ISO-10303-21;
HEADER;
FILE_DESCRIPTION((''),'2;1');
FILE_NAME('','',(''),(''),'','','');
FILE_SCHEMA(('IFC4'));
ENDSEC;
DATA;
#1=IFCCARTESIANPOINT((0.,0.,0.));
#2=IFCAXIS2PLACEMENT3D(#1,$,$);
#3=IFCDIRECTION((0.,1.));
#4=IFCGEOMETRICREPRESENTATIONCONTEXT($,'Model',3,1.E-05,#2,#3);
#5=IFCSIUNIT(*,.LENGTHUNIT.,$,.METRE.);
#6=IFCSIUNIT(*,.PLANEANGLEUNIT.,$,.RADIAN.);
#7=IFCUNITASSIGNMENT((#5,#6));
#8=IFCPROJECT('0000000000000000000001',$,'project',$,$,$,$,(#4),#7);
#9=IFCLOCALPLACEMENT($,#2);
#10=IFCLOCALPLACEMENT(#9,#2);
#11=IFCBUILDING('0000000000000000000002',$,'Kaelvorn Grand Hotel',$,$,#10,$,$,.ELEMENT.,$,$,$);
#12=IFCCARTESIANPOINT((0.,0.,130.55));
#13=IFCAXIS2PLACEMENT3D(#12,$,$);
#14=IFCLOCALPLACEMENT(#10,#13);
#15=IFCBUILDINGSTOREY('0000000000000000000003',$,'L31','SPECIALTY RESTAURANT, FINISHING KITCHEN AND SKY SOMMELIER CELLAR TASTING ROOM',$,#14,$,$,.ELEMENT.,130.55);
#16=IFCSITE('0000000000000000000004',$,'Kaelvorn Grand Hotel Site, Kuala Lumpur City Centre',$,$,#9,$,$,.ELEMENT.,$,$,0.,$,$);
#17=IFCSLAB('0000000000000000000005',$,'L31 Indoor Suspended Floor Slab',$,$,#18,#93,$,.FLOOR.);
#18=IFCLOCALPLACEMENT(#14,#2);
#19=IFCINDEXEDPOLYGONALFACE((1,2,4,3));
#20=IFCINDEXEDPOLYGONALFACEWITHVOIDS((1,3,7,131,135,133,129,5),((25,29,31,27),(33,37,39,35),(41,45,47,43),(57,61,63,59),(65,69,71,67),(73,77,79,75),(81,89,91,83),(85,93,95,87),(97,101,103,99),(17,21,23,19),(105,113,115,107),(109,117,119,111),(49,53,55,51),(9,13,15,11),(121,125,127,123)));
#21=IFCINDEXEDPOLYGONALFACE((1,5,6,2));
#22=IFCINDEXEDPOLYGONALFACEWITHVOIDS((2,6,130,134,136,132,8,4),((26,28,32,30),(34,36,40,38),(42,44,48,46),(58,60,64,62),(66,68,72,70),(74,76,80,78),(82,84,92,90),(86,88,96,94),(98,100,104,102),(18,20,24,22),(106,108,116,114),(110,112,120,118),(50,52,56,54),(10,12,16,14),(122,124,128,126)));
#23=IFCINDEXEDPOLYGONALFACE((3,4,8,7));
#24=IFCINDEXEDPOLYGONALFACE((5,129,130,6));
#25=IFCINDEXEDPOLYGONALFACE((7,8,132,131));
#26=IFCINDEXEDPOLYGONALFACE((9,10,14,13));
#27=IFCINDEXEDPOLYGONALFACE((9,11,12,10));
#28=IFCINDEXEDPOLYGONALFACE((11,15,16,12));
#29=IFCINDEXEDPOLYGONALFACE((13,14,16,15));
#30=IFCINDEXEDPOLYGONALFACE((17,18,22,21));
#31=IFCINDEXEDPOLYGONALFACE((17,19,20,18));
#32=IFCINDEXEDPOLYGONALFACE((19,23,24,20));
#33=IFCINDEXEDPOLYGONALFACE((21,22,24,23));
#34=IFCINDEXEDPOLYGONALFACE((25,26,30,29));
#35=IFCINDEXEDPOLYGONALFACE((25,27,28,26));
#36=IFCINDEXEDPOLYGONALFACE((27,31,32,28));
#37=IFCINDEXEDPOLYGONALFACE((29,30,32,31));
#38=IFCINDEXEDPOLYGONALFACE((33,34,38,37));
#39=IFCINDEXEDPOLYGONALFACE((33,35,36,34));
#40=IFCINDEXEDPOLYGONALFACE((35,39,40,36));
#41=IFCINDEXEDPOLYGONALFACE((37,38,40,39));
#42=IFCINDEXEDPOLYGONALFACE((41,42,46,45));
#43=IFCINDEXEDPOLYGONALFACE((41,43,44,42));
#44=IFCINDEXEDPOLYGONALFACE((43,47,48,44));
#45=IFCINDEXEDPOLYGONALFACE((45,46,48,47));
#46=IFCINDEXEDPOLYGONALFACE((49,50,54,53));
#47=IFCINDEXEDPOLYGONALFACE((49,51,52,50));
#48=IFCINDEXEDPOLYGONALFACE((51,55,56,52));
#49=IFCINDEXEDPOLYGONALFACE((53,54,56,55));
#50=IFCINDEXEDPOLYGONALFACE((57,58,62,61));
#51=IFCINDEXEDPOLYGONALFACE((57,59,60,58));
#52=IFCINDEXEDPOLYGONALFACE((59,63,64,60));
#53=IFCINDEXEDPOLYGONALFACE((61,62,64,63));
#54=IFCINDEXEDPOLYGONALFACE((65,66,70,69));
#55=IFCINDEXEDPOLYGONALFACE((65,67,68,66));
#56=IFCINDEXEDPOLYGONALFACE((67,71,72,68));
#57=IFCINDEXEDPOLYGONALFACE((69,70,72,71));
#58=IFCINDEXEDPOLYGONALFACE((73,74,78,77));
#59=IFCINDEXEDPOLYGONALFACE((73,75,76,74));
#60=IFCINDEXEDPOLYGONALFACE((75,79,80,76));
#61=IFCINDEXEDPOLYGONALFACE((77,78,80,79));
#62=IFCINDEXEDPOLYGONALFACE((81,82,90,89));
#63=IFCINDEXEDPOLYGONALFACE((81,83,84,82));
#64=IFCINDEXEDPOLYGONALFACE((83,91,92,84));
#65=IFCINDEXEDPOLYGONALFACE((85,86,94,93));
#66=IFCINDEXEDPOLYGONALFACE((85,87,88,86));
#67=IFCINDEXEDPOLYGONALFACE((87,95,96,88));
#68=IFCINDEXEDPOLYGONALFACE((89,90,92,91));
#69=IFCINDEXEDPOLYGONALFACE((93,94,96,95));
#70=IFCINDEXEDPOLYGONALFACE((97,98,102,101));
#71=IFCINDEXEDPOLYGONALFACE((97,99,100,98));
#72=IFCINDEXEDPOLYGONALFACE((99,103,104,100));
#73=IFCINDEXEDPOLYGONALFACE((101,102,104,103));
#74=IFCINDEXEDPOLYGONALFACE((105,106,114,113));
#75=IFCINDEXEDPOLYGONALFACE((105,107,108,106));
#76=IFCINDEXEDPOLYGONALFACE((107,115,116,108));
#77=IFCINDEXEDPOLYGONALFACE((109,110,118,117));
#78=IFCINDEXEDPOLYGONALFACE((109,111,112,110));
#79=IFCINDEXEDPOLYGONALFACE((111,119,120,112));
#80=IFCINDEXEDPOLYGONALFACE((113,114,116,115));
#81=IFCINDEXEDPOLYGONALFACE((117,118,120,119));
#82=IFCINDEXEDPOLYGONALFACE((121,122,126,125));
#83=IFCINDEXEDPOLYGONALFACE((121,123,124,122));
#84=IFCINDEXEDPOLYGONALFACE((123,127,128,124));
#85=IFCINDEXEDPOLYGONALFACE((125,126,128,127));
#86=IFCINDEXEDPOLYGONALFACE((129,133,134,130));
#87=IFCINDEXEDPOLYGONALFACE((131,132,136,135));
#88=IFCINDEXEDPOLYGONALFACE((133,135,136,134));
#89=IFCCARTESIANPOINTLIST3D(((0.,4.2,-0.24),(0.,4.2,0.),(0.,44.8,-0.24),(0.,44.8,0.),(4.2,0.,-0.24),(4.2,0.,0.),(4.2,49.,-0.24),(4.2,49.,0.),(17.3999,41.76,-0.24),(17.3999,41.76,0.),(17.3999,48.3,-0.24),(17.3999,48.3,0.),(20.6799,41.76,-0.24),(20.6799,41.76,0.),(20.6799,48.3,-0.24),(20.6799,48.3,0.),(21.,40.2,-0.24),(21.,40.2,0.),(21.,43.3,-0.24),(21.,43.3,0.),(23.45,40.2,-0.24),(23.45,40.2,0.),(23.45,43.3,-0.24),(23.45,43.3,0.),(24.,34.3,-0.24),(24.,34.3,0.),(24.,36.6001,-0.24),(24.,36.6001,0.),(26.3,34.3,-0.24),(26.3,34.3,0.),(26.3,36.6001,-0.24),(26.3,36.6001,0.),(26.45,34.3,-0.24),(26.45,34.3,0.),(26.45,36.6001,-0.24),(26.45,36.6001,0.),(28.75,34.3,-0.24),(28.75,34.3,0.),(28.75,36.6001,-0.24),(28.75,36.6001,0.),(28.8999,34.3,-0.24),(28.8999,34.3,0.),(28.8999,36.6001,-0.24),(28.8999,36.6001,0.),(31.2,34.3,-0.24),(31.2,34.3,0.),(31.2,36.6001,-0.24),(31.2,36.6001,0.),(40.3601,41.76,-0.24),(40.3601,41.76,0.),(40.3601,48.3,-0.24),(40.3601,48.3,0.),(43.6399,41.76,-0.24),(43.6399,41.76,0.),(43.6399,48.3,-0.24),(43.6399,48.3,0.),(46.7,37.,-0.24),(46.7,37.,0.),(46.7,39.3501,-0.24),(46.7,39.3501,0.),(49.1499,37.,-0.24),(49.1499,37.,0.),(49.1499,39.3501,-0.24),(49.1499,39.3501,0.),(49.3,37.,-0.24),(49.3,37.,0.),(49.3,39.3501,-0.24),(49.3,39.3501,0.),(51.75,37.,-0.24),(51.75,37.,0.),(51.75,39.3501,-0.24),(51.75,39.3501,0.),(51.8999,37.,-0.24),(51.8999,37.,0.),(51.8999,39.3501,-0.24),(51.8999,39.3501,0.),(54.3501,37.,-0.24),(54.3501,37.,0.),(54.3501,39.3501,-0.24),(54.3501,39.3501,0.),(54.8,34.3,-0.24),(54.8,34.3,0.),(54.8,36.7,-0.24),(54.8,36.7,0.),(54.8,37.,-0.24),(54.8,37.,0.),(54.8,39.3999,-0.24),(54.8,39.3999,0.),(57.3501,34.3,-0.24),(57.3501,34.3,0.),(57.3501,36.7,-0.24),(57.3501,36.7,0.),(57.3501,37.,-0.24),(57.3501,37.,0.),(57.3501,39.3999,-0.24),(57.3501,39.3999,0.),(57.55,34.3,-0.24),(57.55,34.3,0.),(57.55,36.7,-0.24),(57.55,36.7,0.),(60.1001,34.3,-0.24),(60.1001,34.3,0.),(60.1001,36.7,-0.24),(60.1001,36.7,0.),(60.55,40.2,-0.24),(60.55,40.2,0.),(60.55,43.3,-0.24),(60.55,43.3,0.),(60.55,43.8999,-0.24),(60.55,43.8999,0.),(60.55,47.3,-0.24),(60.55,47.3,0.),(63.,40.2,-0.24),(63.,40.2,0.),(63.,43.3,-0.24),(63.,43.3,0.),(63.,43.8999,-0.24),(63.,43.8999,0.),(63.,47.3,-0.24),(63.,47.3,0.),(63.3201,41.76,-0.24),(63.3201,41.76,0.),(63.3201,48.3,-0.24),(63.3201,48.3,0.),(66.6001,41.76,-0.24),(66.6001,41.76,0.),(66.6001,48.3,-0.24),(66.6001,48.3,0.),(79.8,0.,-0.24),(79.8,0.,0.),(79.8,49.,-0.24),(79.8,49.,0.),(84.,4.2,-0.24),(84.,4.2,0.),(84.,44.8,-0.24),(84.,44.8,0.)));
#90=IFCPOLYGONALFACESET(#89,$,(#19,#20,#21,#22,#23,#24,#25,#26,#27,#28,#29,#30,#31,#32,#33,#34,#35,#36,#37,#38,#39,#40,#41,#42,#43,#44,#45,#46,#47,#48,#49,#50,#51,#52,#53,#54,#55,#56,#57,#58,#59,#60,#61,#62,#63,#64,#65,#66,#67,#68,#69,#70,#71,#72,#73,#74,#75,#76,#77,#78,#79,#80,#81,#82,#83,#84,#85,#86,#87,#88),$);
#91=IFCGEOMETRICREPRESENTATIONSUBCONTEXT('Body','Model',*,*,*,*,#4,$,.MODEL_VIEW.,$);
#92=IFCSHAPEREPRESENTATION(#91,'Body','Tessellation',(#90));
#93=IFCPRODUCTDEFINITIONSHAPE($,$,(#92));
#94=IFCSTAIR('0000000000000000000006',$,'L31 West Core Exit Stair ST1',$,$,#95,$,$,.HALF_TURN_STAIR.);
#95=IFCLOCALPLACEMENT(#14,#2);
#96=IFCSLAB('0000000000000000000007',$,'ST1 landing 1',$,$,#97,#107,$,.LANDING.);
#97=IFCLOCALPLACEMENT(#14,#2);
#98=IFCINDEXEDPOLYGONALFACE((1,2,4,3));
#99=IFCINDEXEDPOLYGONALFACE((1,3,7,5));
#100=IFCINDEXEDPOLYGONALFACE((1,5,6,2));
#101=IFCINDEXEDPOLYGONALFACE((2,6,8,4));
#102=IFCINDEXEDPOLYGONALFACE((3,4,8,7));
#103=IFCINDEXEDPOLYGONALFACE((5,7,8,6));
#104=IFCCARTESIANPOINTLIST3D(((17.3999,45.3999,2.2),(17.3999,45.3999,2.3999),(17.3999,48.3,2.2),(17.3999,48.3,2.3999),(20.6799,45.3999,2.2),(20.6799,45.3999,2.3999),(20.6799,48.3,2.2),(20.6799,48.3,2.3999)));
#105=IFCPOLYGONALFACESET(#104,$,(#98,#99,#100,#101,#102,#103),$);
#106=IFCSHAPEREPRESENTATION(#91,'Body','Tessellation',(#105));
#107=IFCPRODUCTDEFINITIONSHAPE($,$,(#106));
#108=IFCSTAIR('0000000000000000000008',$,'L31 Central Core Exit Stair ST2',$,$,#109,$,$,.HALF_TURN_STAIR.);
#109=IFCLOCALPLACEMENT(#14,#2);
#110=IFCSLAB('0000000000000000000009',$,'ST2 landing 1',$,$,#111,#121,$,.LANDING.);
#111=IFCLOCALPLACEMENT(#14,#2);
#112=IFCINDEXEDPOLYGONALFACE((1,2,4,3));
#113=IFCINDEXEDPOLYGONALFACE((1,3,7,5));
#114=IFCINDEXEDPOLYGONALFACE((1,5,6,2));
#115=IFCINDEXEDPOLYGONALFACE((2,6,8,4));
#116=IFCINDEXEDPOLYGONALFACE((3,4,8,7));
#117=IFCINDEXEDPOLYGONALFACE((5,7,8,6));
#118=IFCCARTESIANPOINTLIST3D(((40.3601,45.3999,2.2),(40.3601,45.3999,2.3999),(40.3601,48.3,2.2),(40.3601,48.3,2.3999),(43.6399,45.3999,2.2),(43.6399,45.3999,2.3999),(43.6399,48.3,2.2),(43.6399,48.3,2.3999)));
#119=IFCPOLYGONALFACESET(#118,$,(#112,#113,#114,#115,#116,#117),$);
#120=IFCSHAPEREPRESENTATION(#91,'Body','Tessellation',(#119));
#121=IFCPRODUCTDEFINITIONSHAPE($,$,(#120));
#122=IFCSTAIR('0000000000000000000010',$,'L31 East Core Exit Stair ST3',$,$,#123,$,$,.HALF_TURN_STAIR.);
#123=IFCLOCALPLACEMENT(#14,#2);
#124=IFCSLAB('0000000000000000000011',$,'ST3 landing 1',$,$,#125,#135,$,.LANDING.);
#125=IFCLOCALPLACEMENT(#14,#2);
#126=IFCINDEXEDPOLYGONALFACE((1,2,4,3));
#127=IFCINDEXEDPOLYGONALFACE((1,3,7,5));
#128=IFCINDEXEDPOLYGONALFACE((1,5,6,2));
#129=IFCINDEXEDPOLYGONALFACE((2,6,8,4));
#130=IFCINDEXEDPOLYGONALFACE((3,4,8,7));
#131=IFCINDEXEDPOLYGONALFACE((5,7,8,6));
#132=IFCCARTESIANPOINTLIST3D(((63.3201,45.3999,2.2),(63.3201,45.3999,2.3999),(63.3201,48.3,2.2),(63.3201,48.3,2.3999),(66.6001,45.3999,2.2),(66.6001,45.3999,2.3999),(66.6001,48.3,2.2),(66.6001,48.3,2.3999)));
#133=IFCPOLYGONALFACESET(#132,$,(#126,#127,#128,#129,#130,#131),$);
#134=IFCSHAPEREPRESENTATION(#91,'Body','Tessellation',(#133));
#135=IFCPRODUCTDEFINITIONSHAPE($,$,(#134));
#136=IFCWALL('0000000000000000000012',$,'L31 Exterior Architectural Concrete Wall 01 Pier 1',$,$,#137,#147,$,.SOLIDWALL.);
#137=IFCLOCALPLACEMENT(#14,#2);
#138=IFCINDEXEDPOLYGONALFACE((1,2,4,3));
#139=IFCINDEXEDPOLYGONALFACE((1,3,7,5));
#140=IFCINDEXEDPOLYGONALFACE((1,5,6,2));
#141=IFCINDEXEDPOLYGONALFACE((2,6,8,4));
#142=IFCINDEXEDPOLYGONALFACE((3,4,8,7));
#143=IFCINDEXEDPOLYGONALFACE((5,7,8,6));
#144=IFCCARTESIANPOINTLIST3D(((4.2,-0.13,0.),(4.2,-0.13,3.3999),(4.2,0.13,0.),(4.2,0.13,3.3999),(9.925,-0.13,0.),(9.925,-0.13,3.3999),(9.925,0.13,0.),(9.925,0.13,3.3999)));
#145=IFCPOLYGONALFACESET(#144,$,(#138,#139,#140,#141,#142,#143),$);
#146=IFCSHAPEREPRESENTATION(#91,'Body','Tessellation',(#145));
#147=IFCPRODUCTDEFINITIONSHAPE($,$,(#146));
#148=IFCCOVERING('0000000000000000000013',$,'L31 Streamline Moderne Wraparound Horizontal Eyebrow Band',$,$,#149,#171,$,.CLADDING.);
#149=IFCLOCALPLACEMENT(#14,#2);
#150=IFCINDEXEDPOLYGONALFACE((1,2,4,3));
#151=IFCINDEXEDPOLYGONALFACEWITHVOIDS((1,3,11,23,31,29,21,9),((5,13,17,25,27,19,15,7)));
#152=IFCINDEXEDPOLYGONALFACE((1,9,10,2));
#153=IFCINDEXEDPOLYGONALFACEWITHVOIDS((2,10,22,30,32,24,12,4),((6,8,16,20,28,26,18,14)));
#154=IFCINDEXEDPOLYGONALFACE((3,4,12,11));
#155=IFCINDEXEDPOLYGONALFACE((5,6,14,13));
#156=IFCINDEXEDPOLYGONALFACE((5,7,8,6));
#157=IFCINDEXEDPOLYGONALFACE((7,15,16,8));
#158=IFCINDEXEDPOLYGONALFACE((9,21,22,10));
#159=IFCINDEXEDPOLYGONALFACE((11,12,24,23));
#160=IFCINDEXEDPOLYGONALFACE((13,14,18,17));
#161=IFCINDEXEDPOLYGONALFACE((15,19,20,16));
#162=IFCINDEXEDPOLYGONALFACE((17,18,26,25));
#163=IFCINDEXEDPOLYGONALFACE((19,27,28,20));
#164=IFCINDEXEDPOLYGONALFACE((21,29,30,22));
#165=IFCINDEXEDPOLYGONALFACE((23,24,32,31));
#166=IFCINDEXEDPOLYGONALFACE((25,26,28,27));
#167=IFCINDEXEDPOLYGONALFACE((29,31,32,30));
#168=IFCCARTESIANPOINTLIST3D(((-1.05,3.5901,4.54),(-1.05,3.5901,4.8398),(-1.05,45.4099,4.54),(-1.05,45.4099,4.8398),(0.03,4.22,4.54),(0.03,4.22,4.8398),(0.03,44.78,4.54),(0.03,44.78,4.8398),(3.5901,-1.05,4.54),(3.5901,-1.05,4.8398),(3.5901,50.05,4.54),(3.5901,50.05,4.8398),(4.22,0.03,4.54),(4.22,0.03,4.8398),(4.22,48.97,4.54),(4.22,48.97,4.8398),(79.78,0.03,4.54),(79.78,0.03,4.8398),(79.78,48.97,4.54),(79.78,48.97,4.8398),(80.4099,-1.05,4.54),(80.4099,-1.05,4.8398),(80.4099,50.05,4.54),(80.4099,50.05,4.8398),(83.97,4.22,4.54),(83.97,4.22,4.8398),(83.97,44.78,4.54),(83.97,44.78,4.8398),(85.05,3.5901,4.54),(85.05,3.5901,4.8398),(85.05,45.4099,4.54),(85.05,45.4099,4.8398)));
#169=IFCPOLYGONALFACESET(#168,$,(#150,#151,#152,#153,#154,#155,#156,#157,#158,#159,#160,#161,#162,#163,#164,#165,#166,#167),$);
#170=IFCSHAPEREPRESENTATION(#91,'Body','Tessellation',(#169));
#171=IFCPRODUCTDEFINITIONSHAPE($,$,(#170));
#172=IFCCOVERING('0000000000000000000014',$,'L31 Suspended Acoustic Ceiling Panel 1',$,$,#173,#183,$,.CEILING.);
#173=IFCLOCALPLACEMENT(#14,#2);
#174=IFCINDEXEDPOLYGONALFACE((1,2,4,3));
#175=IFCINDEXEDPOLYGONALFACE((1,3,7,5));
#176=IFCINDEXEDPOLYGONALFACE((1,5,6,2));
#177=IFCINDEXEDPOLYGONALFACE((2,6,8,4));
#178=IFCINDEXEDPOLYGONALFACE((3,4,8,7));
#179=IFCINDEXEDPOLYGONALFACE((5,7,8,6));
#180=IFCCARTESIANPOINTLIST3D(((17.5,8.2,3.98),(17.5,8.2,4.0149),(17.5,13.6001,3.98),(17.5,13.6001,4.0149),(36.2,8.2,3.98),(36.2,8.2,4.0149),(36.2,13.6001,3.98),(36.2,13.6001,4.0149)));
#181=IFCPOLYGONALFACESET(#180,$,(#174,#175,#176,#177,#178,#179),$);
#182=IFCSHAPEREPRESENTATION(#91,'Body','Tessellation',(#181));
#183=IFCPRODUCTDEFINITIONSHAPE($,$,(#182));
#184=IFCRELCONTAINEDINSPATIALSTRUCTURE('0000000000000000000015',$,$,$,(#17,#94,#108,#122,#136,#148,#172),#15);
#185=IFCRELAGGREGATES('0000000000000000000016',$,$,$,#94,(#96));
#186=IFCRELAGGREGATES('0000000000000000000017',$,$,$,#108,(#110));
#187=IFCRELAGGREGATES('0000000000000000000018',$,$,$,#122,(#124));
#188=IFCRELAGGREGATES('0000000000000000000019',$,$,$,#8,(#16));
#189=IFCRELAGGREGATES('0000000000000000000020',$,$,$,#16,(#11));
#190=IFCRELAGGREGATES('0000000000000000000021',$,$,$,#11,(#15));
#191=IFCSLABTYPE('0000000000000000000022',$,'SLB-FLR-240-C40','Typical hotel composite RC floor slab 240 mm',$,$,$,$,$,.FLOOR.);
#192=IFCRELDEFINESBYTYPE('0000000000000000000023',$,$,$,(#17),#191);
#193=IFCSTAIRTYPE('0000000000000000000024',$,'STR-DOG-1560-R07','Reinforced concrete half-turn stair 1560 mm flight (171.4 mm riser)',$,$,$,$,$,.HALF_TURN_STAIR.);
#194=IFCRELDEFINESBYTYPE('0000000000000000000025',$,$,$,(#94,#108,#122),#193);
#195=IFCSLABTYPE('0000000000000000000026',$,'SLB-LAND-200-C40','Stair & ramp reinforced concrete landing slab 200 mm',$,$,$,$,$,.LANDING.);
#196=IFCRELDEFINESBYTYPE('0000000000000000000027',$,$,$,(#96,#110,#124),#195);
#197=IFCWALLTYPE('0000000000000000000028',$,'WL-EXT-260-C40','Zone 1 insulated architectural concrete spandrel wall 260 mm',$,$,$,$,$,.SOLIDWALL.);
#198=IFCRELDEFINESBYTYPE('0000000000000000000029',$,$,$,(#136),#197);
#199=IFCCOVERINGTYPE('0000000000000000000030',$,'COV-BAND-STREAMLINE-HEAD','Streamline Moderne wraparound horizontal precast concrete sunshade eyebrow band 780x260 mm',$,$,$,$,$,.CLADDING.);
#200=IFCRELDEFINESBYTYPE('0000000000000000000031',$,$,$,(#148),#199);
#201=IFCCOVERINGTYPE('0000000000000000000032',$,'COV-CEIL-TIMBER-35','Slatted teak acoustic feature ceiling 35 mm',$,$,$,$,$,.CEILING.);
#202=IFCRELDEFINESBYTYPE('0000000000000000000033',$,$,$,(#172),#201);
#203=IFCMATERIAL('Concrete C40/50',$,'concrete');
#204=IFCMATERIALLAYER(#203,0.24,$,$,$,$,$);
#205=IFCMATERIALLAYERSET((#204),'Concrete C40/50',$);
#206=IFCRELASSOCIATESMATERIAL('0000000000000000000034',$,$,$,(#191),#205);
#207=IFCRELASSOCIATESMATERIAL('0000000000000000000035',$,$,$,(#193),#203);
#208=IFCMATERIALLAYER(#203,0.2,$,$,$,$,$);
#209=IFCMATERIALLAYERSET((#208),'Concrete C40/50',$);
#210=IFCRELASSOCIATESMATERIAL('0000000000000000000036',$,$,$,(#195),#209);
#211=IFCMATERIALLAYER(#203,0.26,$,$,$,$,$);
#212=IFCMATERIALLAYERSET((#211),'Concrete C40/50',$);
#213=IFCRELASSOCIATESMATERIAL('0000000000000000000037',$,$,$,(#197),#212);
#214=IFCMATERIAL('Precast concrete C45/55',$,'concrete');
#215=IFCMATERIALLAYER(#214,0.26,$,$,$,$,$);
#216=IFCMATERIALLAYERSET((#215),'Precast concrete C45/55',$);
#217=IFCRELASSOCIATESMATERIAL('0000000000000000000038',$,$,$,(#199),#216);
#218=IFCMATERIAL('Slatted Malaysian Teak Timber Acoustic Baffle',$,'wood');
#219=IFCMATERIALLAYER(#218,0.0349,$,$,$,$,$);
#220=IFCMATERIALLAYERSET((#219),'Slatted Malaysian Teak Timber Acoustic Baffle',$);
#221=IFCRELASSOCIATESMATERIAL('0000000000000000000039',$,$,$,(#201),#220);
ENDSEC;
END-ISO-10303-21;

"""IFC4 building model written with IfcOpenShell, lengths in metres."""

from ifc_helpers import new_model, si_unit, direction, frame, frame_2d, origin, place, context, subcontext, project, spatial, polyline, rectangle, outline, extrude, material, layer, layer_set, type_object, element, aggregate, save


model = new_model("IFC4")

# Units and contexts
model_context = context("Model", 3, precision=1e-05, world=origin(), true_north=direction((0.0, 1.0)))
body_context = subcontext(model_context, "Body", "Model", "MODEL_VIEW")
ifc_project = project(units=[si_unit("LENGTHUNIT", "METRE"), si_unit("PLANEANGLEUNIT", "RADIAN")], contexts=[model_context])

# Site, building, storey
site_placement = place(None, origin())
site = spatial("IfcSite", under=ifc_project, at=site_placement, Name="Kaelvorn Grand Hotel Site, Kuala Lumpur City Centre", CompositionType="ELEMENT", RefElevation=0.0)
building_placement = place(site_placement, origin())
building = spatial("IfcBuilding", under=site, at=building_placement, Name="Kaelvorn Grand Hotel", CompositionType="ELEMENT")
storey_placement = place(building_placement, frame((0.0, 0.0, 130.55)))
storey = spatial("IfcBuildingStorey", under=building, at=storey_placement, Name="L31", Description="SPECIALTY RESTAURANT, FINISHING KITCHEN AND SKY SOMMELIER CELLAR TASTING ROOM", CompositionType="ELEMENT", Elevation=130.55)

# Slab
ifc_material_1 = material(Name="Concrete C40/50", Category="concrete")
ifc_layer_1 = layer(ifc_material_1, 0.24)
ifc_layer_set_1 = layer_set([ifc_layer_1], Name="Concrete C40/50")
slab_type_1 = type_object("IfcSlabType", Name="SLB-FLR-240-C40", Description="Typical hotel composite RC floor slab 240 mm", PredefinedType="FLOOR", material=ifc_layer_set_1)
slab_1_placement = place(storey_placement, frame((0.0, 0.0, -0.24)))
element("IfcSlab", 1, at=slab_1_placement, inside=storey, type_object=slab_type_1, Name="L31 Indoor Suspended Floor Slab", PredefinedType="FLOOR", context=body_context, shape_type="SweptSolid", body=[
    extrude(outline(polyline([(4.2, 0.0), (79.8, 0.0), (84.0, 4.2), (84.0, 44.8), (79.8, 49.0), (4.2, 49.0), (0.0, 44.8), (0.0, 4.2), (4.2, 0.0)]), holes=[polyline([(17.3999, 41.76), (17.3999, 48.3), (20.6799, 48.3), (20.6799, 41.76), (17.3999, 41.76)]), polyline([(40.3601, 41.76), (40.3601, 48.3), (43.6399, 48.3), (43.6399, 41.76), (40.3601, 41.76)]), polyline([(63.3201, 41.76), (63.3201, 48.3), (66.6001, 48.3), (66.6001, 41.76), (63.3201, 41.76)]), polyline([(24.0, 34.3), (24.0, 36.6001), (26.3, 36.6001), (26.3, 34.3), (24.0, 34.3)]), polyline([(26.45, 34.3), (26.45, 36.6001), (28.75, 36.6001), (28.75, 34.3), (26.45, 34.3)]), polyline([(28.8999, 34.3), (28.8999, 36.6001), (31.2, 36.6001), (31.2, 34.3), (28.8999, 34.3)]), polyline([(46.7, 37.0), (46.7, 39.3501), (49.1499, 39.3501), (49.1499, 37.0), (46.7, 37.0)]), polyline([(49.3, 37.0), (49.3, 39.3501), (51.75, 39.3501), (51.75, 37.0), (49.3, 37.0)]), polyline([(51.8999, 37.0), (51.8999, 39.3501), (54.3501, 39.3501), (54.3501, 37.0), (51.8999, 37.0)]), polyline([(54.8, 34.3), (54.8, 36.7), (57.3501, 36.7), (57.3501, 34.3), (54.8, 34.3)]), polyline([(57.55, 34.3), (57.55, 36.7), (60.1001, 36.7), (60.1001, 34.3), (57.55, 34.3)]), polyline([(54.8, 37.0), (54.8, 39.3999), (57.3501, 39.3999), (57.3501, 37.0), (54.8, 37.0)]), polyline([(21.0, 40.2), (21.0, 43.3), (23.45, 43.3), (23.45, 40.2), (21.0, 40.2)]), polyline([(60.55, 40.2), (60.55, 43.3), (63.0, 43.3), (63.0, 40.2), (60.55, 40.2)]), polyline([(60.55, 43.8999), (60.55, 47.3), (63.0, 47.3), (63.0, 43.8999), (60.55, 43.8999)])]), origin(), (0.0, 0.0, 1.0), 0.24),
])

# Stairs, slabs
stair_type = type_object("IfcStairType", Name="STR-DOG-1560-R07", Description="Reinforced concrete half-turn stair 1560 mm flight (171.4 mm riser)", PredefinedType="HALF_TURN_STAIR", material=ifc_material_1)
stair_1_placement = place(storey_placement, origin())
stair_1 = element("IfcStair", 2, at=stair_1_placement, inside=storey, type_object=stair_type, Name="L31 West Core Exit Stair ST1", PredefinedType="HALF_TURN_STAIR")
ifc_layer_2 = layer(ifc_material_1, 0.2)
ifc_layer_set_2 = layer_set([ifc_layer_2], Name="Concrete C40/50")
slab_type_2 = type_object("IfcSlabType", Name="SLB-LAND-200-C40", Description="Stair & ramp reinforced concrete landing slab 200 mm", PredefinedType="LANDING", material=ifc_layer_set_2)
slab_2_placement = place(storey_placement, frame((0.0, 0.0, 2.2)))
slab_2 = element("IfcSlab", 3, at=slab_2_placement, type_object=slab_type_2, Name="ST1 landing 1", PredefinedType="LANDING", context=body_context, shape_type="SweptSolid", body=[
    extrude(outline(polyline([(20.6799, 45.3999), (20.6799, 48.3), (17.3999, 48.3), (17.3999, 45.3999), (20.6799, 45.3999)])), origin(), (0.0, 0.0, 1.0), 0.2),
])
aggregate(stair_1, [slab_2])
stair_2_placement = place(storey_placement, origin())
stair_2 = element("IfcStair", 4, at=stair_2_placement, inside=storey, type_object=stair_type, Name="L31 Central Core Exit Stair ST2", PredefinedType="HALF_TURN_STAIR")
slab_3_placement = place(storey_placement, frame((0.0, 0.0, 2.2)))
slab_3 = element("IfcSlab", 5, at=slab_3_placement, type_object=slab_type_2, Name="ST2 landing 1", PredefinedType="LANDING", context=body_context, shape_type="SweptSolid", body=[
    extrude(outline(polyline([(43.6399, 45.3999), (43.6399, 48.3), (40.3601, 48.3), (40.3601, 45.3999), (43.6399, 45.3999)])), origin(), (0.0, 0.0, 1.0), 0.2),
])
aggregate(stair_2, [slab_3])
stair_3_placement = place(storey_placement, origin())
stair_3 = element("IfcStair", 6, at=stair_3_placement, inside=storey, type_object=stair_type, Name="L31 East Core Exit Stair ST3", PredefinedType="HALF_TURN_STAIR")
slab_4_placement = place(storey_placement, frame((0.0, 0.0, 2.2)))
slab_4 = element("IfcSlab", 7, at=slab_4_placement, type_object=slab_type_2, Name="ST3 landing 1", PredefinedType="LANDING", context=body_context, shape_type="SweptSolid", body=[
    extrude(outline(polyline([(66.6001, 45.3999), (66.6001, 48.3), (63.3201, 48.3), (63.3201, 45.3999), (66.6001, 45.3999)])), origin(), (0.0, 0.0, 1.0), 0.2),
])
aggregate(stair_3, [slab_4])

# Wall
ifc_layer_3 = layer(ifc_material_1, 0.26)
ifc_layer_set_3 = layer_set([ifc_layer_3], Name="Concrete C40/50")
wall_type = type_object("IfcWallType", Name="WL-EXT-260-C40", Description="Zone 1 insulated architectural concrete spandrel wall 260 mm", PredefinedType="SOLIDWALL", material=ifc_layer_set_3)
wall_placement = place(storey_placement, frame((4.2, 0.0, 0.0), z_axis=(0.0, 0.0, 1.0), x_axis=(1.0, 0.0, 0.0)))
element("IfcWall", 8, at=wall_placement, inside=storey, type_object=wall_type, Name="L31 Exterior Architectural Concrete Wall 01 Pier 1", PredefinedType="SOLIDWALL", context=body_context, shape_type="SweptSolid", body=[
    extrude(rectangle(XDim=5.7251, YDim=0.26, at=frame_2d((2.8625, 0.0))), origin(), (0.0, 0.0, 1.0), 3.3999),
])

# Coverings
ifc_material_2 = material(Name="Precast concrete C45/55", Category="concrete")
ifc_layer_4 = layer(ifc_material_2, 0.26)
ifc_layer_set_4 = layer_set([ifc_layer_4], Name="Precast concrete C45/55")
covering_type_1 = type_object("IfcCoveringType", Name="COV-BAND-STREAMLINE-HEAD", Description="Streamline Moderne wraparound horizontal precast concrete sunshade eyebrow band 780x260 mm", PredefinedType="CLADDING", material=ifc_layer_set_4)
covering_1_placement = place(storey_placement, frame((0.0, 0.0, 4.54)))
element("IfcCovering", 9, at=covering_1_placement, inside=storey, type_object=covering_type_1, Name="L31 Streamline Moderne Wraparound Horizontal Eyebrow Band", PredefinedType="CLADDING", context=body_context, shape_type="SweptSolid", body=[
    extrude(outline(polyline([(3.5901, -1.05), (80.4099, -1.05), (85.05, 3.5901), (85.05, 45.4099), (80.4099, 50.05), (3.5901, 50.05), (-1.05, 45.4099), (-1.05, 3.5901), (3.5901, -1.05)]), holes=[polyline([(4.22, 0.03), (79.78, 0.03), (83.97, 4.22), (83.97, 44.78), (79.78, 48.97), (4.22, 48.97), (0.03, 44.78), (0.03, 4.22), (4.22, 0.03)])]), origin(), (0.0, 0.0, 1.0), 0.2998),
])
ifc_material_3 = material(Name="Slatted Malaysian Teak Timber Acoustic Baffle", Category="wood")
ifc_layer_5 = layer(ifc_material_3, 0.0349)
ifc_layer_set_5 = layer_set([ifc_layer_5], Name="Slatted Malaysian Teak Timber Acoustic Baffle")
covering_type_2 = type_object("IfcCoveringType", Name="COV-CEIL-TIMBER-35", Description="Slatted teak acoustic feature ceiling 35 mm", PredefinedType="CEILING", material=ifc_layer_set_5)
covering_2_placement = place(storey_placement, frame((0.0, 0.0, 3.98)))
element("IfcCovering", 10, at=covering_2_placement, inside=storey, type_object=covering_type_2, Name="L31 Suspended Acoustic Ceiling Panel 1", PredefinedType="CEILING", context=body_context, shape_type="SweptSolid", body=[
    extrude(outline(polyline([(17.5, 8.2), (36.2, 8.2), (36.2, 13.6001), (17.5, 13.6001), (17.5, 8.2)])), origin(), (0.0, 0.0, 1.0), 0.0349),
])

save(model, "model.ifc")
